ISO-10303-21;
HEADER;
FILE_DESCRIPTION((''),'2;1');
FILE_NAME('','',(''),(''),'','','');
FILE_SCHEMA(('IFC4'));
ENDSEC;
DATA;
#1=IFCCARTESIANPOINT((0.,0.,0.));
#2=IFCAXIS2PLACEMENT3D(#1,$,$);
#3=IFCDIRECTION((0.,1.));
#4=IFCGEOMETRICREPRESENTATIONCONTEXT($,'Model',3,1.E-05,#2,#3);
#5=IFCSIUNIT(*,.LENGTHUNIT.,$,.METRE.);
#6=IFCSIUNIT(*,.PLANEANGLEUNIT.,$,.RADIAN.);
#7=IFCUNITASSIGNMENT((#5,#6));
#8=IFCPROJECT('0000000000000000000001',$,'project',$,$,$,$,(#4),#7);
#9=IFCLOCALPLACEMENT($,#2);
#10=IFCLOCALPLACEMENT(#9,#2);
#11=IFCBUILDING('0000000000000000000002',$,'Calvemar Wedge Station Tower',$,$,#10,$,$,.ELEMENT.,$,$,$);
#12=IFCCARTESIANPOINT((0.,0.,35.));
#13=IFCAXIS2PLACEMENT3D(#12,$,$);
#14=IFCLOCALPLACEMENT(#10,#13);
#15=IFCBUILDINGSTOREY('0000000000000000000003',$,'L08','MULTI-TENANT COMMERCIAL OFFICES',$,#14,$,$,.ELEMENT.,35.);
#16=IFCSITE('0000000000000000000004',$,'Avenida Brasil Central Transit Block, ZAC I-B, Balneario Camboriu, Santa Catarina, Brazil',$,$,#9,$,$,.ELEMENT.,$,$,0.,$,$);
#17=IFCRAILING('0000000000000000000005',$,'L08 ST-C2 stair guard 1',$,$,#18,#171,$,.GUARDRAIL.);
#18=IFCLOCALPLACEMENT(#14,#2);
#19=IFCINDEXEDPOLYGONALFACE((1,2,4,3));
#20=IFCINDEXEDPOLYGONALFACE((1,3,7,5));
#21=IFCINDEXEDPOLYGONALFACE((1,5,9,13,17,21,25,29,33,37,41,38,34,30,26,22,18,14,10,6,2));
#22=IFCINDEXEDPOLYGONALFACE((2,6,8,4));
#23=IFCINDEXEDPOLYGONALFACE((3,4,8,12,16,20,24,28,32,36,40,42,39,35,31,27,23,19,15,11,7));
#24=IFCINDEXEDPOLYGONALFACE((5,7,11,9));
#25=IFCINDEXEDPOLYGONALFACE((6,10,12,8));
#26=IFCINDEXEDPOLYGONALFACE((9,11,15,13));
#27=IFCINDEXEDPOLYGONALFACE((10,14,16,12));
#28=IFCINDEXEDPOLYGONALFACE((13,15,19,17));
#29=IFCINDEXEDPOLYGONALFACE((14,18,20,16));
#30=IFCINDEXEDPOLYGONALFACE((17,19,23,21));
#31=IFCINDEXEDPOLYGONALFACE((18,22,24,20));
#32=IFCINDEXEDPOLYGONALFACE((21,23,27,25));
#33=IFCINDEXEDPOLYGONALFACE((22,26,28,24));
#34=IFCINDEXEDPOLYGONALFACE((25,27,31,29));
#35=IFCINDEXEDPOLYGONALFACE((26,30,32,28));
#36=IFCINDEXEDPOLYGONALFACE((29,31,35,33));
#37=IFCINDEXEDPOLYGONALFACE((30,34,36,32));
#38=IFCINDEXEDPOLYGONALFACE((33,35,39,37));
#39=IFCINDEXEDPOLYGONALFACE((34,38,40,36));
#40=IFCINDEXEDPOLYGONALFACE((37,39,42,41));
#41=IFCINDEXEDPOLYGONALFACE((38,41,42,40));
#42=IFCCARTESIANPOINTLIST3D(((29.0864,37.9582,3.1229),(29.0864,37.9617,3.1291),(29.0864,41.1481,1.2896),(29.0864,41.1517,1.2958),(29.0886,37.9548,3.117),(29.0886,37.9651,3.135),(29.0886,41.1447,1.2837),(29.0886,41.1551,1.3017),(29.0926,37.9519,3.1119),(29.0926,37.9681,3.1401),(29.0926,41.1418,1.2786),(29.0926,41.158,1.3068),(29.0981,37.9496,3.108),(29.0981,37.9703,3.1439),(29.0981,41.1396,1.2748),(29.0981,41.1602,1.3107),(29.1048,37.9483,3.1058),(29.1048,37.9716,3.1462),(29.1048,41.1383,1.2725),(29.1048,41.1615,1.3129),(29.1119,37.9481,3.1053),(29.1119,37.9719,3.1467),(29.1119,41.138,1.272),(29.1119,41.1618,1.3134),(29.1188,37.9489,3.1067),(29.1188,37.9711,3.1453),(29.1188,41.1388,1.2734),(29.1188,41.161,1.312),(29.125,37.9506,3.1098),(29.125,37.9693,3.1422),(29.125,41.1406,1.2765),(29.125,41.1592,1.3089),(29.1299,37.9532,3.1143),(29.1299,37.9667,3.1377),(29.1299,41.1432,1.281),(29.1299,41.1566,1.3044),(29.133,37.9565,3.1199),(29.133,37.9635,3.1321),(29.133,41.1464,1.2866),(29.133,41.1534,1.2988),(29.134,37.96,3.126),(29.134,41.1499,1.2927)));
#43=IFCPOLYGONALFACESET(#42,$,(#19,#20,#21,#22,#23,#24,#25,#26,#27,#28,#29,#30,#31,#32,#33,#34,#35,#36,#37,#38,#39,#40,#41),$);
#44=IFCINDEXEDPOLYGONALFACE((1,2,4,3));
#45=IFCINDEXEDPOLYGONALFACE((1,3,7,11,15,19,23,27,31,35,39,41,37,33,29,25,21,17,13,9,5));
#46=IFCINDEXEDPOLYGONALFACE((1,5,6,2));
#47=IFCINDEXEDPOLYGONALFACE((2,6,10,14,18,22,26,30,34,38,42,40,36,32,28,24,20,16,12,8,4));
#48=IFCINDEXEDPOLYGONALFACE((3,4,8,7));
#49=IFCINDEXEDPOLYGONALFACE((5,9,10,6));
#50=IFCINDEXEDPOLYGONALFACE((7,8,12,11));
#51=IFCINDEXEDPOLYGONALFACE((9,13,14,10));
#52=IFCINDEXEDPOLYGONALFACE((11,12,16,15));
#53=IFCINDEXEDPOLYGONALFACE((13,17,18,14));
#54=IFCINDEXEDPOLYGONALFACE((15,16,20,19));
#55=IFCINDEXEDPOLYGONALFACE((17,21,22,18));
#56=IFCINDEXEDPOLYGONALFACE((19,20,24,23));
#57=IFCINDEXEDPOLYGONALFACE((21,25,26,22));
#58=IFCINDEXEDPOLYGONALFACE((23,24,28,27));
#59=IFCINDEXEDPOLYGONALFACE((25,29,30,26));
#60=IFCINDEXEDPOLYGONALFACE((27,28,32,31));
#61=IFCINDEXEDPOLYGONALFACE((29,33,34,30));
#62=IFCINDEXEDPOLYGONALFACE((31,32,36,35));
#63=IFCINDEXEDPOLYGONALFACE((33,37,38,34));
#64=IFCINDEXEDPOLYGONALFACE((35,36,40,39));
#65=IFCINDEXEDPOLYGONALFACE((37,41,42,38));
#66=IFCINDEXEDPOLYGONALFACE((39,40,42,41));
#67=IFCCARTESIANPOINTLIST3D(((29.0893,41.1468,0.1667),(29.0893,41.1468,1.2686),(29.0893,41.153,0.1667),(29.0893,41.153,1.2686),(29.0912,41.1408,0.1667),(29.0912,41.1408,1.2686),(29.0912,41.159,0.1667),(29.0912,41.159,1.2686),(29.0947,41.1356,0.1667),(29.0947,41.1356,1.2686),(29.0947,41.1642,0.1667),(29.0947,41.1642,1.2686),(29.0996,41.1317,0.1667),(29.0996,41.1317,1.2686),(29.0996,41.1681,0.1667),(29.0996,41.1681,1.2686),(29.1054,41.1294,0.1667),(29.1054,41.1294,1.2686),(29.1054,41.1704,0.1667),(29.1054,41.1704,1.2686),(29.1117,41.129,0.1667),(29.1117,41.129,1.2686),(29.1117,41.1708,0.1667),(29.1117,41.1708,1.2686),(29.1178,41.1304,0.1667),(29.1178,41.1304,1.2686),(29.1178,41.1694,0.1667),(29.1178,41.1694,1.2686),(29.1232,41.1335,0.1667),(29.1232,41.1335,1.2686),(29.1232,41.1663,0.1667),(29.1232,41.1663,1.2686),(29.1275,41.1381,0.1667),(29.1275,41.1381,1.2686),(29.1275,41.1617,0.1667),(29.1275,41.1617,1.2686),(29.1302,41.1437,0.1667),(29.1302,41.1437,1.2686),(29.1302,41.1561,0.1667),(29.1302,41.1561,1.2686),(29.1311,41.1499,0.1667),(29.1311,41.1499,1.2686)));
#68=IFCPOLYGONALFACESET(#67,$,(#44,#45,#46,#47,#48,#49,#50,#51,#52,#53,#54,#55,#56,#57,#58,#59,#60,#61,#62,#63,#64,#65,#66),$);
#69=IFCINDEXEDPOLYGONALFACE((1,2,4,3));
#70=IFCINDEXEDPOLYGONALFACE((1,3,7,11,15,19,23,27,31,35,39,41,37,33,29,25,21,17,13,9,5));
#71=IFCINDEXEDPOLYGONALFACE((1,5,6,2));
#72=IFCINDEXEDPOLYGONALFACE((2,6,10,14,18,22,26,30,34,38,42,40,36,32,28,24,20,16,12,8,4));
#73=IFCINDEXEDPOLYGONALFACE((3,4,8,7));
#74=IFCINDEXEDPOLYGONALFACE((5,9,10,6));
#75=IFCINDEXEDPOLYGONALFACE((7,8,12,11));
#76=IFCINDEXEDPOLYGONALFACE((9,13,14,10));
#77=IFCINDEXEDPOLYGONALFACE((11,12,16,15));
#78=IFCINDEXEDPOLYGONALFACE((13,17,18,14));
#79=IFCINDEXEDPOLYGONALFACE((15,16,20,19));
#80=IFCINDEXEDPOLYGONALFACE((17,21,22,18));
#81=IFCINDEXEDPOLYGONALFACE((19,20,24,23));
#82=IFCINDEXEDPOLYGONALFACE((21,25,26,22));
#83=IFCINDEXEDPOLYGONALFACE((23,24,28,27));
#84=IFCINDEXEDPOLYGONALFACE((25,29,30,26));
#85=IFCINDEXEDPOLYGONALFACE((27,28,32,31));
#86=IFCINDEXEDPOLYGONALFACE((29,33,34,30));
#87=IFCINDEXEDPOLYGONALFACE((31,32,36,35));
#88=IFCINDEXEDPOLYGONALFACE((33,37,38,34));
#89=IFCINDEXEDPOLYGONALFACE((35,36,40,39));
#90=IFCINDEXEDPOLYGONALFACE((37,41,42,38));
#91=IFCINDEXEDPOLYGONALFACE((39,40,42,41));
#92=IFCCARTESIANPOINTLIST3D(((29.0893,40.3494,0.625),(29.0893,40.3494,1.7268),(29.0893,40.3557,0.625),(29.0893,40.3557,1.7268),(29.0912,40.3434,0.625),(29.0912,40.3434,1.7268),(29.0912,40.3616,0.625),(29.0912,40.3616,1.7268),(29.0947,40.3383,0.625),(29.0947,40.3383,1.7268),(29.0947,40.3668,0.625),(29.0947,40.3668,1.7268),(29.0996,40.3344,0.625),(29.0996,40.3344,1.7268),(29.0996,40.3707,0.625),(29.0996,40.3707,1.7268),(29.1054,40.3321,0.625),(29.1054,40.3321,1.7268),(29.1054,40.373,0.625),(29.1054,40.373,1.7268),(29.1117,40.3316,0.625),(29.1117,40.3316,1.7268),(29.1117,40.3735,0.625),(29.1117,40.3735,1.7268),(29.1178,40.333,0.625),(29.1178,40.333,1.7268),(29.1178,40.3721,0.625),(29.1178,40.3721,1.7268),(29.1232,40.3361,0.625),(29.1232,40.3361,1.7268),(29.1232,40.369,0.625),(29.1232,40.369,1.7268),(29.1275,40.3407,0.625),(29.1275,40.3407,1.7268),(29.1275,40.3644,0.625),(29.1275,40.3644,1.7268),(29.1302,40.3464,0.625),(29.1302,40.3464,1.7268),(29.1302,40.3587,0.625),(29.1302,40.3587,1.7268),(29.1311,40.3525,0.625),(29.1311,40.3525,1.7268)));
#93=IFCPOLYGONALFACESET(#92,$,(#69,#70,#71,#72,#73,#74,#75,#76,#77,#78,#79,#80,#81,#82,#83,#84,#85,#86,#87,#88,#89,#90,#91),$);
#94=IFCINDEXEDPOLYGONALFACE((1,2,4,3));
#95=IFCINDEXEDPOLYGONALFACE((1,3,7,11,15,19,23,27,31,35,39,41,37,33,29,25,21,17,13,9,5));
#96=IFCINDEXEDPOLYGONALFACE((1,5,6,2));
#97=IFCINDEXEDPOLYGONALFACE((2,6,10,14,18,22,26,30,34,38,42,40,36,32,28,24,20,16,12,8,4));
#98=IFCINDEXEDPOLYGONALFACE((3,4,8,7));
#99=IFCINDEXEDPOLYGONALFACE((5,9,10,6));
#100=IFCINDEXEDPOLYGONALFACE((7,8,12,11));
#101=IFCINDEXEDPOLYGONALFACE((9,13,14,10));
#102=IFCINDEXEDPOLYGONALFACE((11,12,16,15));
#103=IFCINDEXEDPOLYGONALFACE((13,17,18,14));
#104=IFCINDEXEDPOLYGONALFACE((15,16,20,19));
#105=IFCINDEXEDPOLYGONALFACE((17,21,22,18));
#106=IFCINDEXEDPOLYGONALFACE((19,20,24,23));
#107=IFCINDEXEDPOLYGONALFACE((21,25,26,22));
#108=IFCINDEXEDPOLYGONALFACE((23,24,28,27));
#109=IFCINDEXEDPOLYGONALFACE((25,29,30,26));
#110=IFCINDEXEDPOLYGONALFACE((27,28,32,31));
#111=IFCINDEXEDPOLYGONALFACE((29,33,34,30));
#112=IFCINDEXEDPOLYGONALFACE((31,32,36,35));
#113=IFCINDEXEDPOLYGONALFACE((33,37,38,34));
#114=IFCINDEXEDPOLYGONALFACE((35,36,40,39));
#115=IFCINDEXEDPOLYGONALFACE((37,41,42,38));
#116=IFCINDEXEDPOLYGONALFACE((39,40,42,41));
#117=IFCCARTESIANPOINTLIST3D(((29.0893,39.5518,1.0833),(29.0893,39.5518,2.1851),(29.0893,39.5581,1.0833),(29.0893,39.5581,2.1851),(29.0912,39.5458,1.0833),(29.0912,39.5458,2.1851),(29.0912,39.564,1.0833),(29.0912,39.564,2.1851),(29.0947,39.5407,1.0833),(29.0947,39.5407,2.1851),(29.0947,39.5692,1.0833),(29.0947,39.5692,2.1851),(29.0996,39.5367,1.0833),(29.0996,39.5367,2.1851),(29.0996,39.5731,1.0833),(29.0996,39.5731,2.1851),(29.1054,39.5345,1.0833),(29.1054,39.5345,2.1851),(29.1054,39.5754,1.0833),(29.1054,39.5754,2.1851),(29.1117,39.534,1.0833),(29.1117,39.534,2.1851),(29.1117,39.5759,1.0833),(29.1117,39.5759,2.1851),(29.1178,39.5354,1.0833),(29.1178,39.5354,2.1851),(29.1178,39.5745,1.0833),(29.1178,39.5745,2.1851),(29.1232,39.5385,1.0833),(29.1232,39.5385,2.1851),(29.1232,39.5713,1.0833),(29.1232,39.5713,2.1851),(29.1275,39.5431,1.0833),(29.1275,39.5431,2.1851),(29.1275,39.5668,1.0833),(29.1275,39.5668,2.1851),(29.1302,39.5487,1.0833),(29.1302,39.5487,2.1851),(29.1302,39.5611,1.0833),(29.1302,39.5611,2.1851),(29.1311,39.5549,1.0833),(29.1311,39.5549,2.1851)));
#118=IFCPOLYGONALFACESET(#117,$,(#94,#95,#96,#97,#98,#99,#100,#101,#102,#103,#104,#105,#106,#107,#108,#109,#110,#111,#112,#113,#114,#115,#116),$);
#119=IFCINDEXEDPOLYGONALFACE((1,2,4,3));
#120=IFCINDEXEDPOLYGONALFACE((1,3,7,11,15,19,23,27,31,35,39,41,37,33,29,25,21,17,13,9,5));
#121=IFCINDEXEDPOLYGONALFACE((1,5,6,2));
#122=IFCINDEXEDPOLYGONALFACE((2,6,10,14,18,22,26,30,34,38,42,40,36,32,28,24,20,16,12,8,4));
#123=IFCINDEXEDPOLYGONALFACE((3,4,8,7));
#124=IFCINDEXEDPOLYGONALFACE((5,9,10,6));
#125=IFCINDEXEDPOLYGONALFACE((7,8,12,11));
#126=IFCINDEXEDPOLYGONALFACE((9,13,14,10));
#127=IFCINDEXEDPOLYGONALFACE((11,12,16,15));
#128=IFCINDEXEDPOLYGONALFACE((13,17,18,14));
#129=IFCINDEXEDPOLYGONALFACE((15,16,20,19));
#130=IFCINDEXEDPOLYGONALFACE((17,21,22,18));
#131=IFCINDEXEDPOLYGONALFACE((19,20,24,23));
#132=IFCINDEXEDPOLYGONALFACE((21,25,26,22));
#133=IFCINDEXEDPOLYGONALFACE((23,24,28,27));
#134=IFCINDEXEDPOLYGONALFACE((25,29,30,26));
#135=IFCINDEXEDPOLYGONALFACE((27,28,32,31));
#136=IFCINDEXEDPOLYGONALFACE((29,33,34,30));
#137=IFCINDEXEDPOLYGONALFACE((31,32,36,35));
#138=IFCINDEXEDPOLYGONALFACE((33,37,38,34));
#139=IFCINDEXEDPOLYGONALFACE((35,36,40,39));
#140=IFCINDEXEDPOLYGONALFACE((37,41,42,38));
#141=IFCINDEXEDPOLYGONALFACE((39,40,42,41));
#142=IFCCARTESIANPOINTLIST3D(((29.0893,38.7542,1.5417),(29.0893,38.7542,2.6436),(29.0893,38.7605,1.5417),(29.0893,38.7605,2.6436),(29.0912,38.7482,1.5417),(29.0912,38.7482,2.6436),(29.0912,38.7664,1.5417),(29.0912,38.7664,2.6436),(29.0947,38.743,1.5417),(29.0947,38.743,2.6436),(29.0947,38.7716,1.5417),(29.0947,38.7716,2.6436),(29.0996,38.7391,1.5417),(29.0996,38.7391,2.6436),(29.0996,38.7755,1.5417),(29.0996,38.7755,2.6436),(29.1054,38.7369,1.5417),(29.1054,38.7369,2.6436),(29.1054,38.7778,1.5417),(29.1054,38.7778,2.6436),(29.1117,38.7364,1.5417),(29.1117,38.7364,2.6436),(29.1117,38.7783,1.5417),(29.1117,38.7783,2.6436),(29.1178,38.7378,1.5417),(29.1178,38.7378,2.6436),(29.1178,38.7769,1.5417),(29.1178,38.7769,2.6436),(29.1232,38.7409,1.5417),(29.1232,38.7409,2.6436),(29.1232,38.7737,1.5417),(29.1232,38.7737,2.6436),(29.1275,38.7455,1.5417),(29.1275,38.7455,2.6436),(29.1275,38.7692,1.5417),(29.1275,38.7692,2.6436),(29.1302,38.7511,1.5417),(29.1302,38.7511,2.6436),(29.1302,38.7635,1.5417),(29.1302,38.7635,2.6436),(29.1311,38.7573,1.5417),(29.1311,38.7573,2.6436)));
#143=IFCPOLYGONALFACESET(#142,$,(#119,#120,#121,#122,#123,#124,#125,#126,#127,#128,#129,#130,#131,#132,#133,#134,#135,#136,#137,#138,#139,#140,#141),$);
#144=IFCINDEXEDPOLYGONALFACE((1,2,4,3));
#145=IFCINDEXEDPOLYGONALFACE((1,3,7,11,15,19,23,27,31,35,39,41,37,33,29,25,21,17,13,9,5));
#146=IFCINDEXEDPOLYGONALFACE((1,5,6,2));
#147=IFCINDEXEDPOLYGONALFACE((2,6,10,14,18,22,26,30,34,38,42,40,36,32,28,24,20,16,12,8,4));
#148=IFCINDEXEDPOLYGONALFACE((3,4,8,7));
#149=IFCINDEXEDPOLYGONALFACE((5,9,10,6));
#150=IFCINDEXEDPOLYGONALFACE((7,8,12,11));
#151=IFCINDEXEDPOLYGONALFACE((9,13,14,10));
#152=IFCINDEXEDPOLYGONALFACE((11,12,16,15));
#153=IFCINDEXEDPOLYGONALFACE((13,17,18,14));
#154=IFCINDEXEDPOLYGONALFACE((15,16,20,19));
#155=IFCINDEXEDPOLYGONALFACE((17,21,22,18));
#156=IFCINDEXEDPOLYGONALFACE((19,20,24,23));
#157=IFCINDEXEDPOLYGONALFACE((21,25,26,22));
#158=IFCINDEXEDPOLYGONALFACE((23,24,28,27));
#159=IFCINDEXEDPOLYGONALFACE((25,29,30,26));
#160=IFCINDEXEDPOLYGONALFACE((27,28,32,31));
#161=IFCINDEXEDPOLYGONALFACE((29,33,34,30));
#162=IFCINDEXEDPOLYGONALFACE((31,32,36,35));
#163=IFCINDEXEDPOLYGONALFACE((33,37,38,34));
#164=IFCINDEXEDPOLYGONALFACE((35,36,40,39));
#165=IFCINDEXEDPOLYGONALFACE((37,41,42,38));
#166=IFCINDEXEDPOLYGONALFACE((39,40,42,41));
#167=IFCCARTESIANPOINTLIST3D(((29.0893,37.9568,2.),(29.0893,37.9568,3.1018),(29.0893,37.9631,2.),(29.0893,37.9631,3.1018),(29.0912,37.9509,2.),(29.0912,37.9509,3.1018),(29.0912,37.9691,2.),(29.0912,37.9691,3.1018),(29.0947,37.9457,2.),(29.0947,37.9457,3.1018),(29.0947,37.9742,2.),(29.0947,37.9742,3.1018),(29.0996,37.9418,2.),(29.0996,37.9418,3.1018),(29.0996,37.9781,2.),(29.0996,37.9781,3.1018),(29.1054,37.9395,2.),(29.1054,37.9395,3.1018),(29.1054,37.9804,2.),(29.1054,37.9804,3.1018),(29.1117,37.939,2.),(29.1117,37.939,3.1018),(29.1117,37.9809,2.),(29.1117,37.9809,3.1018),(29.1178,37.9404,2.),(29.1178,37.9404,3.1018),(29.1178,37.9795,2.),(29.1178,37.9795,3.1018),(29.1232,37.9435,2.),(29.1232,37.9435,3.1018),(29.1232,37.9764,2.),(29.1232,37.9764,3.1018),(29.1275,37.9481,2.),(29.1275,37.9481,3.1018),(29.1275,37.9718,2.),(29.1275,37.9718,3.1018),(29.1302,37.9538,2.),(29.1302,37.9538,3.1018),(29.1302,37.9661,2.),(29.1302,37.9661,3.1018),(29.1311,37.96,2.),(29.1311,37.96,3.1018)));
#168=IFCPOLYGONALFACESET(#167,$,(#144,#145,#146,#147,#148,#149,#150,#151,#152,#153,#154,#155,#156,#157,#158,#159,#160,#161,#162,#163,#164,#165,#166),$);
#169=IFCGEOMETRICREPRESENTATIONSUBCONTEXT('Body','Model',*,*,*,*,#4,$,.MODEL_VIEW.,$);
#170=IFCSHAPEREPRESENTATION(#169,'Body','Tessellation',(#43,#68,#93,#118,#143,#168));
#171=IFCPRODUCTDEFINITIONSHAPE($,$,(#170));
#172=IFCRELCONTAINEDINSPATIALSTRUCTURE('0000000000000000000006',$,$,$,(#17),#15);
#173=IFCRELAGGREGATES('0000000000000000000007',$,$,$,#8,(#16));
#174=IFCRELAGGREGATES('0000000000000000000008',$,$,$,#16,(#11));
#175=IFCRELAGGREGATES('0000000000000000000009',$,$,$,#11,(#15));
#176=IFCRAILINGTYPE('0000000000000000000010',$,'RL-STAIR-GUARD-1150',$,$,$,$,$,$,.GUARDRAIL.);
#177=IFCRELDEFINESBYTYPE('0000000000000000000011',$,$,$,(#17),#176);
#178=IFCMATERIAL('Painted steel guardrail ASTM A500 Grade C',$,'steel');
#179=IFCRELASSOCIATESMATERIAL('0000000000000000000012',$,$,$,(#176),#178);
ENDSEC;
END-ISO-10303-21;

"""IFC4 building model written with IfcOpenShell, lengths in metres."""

from ifc_helpers import new_model, si_unit, direction, frame, origin, origin_2d, place, context, subcontext, project, spatial, circle, extrude, material, type_object, element, save


model = new_model("IFC4")

# Units and contexts
model_context = context("Model", 3, precision=1e-05, world=origin(), true_north=direction((0.0, 1.0)))
body_context = subcontext(model_context, "Body", "Model", "MODEL_VIEW")
ifc_project = project(units=[si_unit("LENGTHUNIT", "METRE"), si_unit("PLANEANGLEUNIT", "RADIAN")], contexts=[model_context])

# Site, building, storey
site_placement = place(None, origin())
site = spatial("IfcSite", under=ifc_project, at=site_placement, Name="Avenida Brasil Central Transit Block, ZAC I-B, Balneario Camboriu, Santa Catarina, Brazil", CompositionType="ELEMENT", RefElevation=0.0)
building_placement = place(site_placement, origin())
building = spatial("IfcBuilding", under=site, at=building_placement, Name="Calvemar Wedge Station Tower", CompositionType="ELEMENT")
storey_placement = place(building_placement, frame((0.0, 0.0, 35.0)))
storey = spatial("IfcBuildingStorey", under=building, at=storey_placement, Name="L08", Description="MULTI-TENANT COMMERCIAL OFFICES", CompositionType="ELEMENT", Elevation=35.0)

# Railing
ifc_material_1 = material(Name="Painted steel guardrail ASTM A500 Grade C", Category="steel")
railing_type_1 = type_object("IfcRailingType", Name="RL-STAIR-GUARD-1150", PredefinedType="GUARDRAIL", material=ifc_material_1)
railing_1_placement = place(storey_placement, frame((29.1101, 41.1499, 0.1667)))
element("IfcRailing", 1, at=railing_1_placement, inside=storey, type_object=railing_type_1, Name="L08 ST-C2 stair guard 1", PredefinedType="GUARDRAIL", context=body_context, shape_type="SweptSolid", body=[
    extrude(circle(Radius=0.0239, at=origin_2d()), frame((0.0, 0.0, 1.126), z_axis=(0.0, -0.86702, 0.498274), x_axis=(1.0, 0.0, 0.0)), (0.0, 0.0, 1.0), 3.6792),
    extrude(circle(Radius=0.021, at=origin_2d()), origin(), (0.0, 0.0, 1.0), 1.1018),
    extrude(circle(Radius=0.021, at=origin_2d()), frame((0.0, -0.7974, 0.4583)), (0.0, 0.0, 1.0), 1.1018),
    extrude(circle(Radius=0.021, at=origin_2d()), frame((0.0, -1.595, 0.9165)), (0.0, 0.0, 1.0), 1.1018),
    extrude(circle(Radius=0.021, at=origin_2d()), frame((0.0, -2.3926, 1.375)), (0.0, 0.0, 1.0), 1.1018),
    extrude(circle(Radius=0.021, at=origin_2d()), frame((0.0, -3.1899, 1.8333)), (0.0, 0.0, 1.0), 1.1018),
])

save(model, "model.ifc")
